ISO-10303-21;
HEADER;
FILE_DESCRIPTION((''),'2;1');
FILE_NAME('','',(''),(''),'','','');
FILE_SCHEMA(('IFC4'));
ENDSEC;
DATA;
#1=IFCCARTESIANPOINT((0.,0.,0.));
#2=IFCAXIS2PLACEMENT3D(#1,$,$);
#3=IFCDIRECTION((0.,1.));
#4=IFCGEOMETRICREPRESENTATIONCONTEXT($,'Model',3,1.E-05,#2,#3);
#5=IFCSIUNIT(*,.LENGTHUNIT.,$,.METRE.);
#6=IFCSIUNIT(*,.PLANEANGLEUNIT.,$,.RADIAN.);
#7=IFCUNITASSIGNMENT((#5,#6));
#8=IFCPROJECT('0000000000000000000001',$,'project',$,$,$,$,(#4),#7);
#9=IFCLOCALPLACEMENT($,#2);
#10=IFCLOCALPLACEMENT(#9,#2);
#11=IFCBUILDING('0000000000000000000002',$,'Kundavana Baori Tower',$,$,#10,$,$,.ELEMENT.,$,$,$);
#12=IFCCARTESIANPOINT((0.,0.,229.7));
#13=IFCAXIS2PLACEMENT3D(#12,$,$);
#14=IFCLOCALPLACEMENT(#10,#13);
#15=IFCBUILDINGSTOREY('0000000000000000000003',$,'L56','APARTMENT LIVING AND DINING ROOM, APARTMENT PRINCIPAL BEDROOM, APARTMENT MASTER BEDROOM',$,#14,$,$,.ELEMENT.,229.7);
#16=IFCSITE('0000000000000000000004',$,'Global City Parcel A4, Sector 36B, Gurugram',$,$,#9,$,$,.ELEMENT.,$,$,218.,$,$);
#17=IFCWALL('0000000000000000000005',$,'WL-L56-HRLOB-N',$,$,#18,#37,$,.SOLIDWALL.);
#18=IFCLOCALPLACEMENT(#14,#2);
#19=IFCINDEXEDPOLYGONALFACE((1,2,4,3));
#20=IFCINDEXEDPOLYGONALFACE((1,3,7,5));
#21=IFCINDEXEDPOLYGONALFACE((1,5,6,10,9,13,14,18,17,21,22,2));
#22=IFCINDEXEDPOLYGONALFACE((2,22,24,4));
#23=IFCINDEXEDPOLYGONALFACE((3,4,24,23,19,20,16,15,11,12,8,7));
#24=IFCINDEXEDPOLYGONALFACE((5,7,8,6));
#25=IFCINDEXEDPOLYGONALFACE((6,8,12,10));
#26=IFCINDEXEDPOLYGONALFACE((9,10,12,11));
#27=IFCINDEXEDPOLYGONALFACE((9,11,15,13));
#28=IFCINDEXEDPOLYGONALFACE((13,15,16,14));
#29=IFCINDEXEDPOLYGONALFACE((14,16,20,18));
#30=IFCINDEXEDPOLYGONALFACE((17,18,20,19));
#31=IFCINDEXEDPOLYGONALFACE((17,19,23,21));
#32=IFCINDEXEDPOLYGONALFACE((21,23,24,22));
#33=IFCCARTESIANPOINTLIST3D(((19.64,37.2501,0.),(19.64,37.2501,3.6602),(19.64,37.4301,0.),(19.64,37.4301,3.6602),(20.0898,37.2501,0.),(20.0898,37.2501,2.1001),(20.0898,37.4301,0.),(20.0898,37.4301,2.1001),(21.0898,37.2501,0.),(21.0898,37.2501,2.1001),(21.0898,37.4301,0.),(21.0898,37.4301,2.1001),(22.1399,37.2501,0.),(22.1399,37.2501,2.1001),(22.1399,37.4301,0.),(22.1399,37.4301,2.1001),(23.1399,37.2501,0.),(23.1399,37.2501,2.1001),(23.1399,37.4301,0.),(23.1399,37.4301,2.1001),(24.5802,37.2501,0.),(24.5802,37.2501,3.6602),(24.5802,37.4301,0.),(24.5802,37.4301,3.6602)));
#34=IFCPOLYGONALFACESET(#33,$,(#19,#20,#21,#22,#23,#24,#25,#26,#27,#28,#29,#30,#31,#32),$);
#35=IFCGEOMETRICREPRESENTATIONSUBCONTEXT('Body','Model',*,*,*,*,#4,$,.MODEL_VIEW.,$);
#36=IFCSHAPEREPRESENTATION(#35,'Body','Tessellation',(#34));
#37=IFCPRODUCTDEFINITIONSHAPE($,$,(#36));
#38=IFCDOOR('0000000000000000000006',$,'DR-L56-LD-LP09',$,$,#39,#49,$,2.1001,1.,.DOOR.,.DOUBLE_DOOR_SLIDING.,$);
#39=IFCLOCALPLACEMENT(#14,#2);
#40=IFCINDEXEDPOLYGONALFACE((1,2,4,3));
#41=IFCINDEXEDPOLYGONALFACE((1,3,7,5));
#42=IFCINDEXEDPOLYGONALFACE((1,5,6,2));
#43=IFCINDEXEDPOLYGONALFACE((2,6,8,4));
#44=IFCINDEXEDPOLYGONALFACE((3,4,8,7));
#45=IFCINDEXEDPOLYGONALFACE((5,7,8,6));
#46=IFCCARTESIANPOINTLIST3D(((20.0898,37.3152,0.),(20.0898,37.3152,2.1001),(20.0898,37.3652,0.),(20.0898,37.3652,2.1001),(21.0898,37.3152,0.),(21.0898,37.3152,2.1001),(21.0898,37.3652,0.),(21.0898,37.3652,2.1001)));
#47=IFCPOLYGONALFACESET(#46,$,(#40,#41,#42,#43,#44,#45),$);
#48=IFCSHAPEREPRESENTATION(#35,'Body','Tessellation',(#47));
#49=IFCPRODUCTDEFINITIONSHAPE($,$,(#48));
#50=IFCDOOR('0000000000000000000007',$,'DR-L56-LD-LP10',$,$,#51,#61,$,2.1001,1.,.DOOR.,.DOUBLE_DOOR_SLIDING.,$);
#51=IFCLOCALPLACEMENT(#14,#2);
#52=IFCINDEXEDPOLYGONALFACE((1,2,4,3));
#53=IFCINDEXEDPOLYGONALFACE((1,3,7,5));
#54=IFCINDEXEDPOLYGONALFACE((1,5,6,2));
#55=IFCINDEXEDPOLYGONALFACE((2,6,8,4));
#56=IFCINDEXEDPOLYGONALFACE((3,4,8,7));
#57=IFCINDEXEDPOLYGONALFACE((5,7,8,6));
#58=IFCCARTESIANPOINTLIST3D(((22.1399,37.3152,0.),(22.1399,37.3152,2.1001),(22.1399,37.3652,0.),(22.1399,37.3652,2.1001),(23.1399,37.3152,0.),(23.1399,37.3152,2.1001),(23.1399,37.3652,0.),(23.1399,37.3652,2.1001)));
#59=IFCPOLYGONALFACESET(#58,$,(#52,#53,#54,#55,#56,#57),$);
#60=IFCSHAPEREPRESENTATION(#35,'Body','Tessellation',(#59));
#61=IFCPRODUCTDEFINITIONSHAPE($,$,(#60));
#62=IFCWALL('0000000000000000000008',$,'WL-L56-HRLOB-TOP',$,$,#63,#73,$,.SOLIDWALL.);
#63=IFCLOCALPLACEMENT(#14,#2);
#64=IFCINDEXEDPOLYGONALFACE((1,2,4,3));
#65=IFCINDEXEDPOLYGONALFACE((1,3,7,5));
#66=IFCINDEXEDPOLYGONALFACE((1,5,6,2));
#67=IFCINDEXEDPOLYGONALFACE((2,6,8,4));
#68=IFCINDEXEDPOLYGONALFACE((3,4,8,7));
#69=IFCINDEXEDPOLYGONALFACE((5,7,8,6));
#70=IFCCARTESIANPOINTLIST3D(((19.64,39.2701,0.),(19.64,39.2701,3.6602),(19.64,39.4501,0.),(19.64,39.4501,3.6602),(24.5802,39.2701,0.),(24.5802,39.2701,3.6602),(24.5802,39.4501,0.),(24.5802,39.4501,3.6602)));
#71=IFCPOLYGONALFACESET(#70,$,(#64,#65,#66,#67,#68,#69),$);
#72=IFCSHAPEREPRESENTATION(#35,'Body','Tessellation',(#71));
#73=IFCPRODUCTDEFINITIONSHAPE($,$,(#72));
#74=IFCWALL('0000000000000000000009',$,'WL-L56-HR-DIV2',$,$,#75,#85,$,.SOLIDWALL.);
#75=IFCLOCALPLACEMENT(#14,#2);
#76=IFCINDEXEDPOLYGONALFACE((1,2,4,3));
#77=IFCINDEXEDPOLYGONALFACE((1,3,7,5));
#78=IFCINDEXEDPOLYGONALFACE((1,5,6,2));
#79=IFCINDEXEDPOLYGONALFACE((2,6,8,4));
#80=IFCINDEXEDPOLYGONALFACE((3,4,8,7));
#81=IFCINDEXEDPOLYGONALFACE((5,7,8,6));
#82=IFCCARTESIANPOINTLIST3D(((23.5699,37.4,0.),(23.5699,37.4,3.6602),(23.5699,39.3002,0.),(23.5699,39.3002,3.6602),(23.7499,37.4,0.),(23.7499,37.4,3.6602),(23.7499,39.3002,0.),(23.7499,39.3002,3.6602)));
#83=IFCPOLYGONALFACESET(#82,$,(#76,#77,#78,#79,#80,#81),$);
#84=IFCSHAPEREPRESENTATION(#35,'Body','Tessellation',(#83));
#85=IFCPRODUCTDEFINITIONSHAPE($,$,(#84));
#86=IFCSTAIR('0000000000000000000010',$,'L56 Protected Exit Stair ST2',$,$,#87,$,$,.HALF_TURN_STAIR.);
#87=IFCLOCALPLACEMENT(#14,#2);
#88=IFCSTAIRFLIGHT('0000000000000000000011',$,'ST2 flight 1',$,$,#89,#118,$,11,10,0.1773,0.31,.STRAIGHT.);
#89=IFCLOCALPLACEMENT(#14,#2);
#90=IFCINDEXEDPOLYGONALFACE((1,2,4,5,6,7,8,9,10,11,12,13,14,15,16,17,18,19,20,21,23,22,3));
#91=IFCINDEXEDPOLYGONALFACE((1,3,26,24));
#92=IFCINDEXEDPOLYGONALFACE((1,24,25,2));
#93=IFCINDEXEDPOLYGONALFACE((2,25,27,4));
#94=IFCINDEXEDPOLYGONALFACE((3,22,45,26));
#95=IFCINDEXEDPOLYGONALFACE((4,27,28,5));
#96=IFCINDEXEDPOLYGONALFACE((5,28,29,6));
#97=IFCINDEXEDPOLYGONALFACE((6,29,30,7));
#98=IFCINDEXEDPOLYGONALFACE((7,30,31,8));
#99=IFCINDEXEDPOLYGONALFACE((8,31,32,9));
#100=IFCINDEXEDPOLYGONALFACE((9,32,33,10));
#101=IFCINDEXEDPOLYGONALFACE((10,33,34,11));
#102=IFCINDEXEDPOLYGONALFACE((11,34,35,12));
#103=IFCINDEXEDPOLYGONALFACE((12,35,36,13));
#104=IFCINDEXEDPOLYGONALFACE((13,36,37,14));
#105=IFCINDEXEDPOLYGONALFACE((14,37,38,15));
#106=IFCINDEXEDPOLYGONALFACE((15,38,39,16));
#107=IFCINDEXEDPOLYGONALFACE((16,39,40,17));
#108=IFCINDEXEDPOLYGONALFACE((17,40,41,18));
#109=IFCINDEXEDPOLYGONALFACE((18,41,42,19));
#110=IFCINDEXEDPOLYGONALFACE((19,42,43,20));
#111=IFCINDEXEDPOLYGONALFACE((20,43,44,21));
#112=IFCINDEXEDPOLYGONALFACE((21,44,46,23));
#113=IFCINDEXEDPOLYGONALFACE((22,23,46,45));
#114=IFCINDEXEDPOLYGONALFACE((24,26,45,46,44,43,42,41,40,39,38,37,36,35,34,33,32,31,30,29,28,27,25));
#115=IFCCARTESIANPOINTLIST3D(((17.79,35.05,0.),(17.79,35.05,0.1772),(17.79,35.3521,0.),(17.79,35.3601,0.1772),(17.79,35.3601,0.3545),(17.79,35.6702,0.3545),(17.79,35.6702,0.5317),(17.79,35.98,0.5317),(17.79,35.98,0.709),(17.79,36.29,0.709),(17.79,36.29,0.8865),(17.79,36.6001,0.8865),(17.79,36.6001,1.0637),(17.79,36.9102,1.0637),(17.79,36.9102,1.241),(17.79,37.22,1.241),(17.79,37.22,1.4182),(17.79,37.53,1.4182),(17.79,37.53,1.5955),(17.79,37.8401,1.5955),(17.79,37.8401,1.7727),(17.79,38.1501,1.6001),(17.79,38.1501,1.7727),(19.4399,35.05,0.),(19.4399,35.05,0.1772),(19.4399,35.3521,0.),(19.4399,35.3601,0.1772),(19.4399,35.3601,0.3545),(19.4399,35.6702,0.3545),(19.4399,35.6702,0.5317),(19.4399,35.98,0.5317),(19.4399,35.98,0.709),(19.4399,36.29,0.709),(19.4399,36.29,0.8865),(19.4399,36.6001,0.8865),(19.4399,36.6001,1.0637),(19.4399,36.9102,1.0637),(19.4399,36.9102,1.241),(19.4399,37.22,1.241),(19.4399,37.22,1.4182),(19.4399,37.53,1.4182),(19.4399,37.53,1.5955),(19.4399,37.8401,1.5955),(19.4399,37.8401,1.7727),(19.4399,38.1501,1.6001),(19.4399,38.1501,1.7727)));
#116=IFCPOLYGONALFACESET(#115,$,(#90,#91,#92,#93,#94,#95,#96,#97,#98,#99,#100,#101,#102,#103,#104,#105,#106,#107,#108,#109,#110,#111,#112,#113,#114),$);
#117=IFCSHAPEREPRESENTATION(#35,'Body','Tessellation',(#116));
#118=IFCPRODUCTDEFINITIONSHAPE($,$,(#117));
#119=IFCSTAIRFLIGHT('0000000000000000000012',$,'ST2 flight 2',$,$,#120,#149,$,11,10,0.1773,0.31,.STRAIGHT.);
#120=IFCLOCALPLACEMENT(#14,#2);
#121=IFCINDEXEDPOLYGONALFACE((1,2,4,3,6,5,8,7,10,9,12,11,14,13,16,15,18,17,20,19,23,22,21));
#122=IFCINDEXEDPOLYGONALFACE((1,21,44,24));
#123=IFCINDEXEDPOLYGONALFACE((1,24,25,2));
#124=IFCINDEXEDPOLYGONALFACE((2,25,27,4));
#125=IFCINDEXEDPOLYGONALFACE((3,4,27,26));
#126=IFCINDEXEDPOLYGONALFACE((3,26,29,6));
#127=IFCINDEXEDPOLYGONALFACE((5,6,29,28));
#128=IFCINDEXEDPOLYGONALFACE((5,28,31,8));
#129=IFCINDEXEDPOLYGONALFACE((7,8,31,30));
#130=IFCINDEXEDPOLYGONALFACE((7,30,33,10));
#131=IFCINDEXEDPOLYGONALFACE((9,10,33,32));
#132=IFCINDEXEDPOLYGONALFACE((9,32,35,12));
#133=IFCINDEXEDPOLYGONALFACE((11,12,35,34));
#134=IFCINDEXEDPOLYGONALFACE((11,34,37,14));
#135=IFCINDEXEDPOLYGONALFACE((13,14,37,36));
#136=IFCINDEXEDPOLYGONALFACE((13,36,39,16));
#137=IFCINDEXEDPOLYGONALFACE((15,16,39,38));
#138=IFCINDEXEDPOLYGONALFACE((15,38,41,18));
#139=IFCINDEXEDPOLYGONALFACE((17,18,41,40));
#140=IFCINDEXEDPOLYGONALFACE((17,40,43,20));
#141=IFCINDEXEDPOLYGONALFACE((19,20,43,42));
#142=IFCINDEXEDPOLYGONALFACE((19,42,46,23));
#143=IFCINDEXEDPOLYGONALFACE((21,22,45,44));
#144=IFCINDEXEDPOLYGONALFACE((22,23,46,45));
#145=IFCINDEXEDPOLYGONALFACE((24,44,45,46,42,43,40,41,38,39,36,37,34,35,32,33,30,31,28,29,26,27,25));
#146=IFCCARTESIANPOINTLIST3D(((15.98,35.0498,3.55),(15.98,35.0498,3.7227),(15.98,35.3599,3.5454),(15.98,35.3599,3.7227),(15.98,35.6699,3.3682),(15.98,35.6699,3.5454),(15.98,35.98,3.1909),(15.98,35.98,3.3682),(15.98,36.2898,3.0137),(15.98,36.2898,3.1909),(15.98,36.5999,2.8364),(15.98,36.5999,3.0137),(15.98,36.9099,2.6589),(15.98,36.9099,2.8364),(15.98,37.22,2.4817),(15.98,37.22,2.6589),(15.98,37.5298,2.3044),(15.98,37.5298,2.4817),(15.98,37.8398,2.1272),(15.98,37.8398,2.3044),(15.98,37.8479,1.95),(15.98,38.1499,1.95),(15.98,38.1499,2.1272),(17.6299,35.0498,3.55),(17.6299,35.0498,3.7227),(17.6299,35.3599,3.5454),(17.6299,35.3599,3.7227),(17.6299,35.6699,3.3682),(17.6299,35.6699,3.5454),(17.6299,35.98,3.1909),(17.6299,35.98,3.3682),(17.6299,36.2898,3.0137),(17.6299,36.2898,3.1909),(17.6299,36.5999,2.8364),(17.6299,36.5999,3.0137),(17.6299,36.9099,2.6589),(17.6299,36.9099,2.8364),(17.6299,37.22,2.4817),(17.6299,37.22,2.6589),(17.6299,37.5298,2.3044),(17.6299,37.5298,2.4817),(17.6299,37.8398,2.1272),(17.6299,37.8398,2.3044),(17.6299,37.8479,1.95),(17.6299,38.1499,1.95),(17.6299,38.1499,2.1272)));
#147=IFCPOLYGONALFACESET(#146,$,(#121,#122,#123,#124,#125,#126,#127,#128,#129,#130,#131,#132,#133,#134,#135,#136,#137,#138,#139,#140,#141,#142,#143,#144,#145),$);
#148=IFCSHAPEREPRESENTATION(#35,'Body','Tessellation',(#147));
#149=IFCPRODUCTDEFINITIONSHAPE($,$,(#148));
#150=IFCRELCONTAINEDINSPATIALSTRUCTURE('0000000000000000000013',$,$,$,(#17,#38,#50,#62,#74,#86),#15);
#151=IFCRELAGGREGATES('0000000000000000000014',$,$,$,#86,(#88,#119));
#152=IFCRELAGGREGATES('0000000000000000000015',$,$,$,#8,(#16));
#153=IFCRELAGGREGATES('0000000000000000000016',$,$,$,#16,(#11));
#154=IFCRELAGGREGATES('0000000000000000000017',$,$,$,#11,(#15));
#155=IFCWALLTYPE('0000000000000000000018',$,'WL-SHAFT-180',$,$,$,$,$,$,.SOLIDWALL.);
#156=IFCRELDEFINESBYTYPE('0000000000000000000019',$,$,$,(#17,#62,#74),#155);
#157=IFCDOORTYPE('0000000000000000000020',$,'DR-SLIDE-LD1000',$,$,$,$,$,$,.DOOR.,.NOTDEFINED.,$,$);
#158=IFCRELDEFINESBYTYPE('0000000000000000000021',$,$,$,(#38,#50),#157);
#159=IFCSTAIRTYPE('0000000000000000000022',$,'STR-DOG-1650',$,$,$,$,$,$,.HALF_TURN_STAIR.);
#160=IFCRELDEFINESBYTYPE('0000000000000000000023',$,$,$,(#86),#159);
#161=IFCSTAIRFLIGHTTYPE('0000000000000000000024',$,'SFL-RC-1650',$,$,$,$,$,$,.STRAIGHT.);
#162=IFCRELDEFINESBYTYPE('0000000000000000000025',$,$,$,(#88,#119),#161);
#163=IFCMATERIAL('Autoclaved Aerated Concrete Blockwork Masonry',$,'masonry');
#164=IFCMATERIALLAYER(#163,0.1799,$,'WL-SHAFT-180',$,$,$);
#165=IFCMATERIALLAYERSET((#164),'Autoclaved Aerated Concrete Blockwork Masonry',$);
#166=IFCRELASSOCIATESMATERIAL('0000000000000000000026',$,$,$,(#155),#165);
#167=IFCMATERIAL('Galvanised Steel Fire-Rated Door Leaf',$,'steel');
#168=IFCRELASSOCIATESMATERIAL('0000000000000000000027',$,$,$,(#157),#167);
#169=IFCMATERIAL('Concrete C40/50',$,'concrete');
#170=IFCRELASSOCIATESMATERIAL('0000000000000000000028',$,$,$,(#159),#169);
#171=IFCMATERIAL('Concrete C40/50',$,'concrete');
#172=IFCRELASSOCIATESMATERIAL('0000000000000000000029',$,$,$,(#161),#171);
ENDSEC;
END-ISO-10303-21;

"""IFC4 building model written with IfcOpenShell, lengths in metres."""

from ifc_helpers import new_model, si_unit, direction, frame, frame_2d, origin, place, context, subcontext, project, spatial, polyline, rectangle, outline, extrude, material, layer, layer_set, type_object, element, fill, aggregate, save


model = new_model("IFC4")

# Units and contexts
model_context = context("Model", 3, precision=1e-05, world=origin(), true_north=direction((0.0, 1.0)))
body_context = subcontext(model_context, "Body", "Model", "MODEL_VIEW")
ifc_project = project(units=[si_unit("LENGTHUNIT", "METRE"), si_unit("PLANEANGLEUNIT", "RADIAN")], contexts=[model_context])

# Site, building, storey
site_placement = place(None, origin())
site = spatial("IfcSite", under=ifc_project, at=site_placement, Name="Global City Parcel A4, Sector 36B, Gurugram", CompositionType="ELEMENT", RefElevation=218.0)
building_placement = place(site_placement, origin())
building = spatial("IfcBuilding", under=site, at=building_placement, Name="Kundavana Baori Tower", CompositionType="ELEMENT")
storey_placement = place(building_placement, frame((0.0, 0.0, 229.7)))
storey = spatial("IfcBuildingStorey", under=building, at=storey_placement, Name="L56", Description="APARTMENT LIVING AND DINING ROOM, APARTMENT PRINCIPAL BEDROOM, APARTMENT MASTER BEDROOM", CompositionType="ELEMENT", Elevation=229.7)

# Shared definitions
ifc_material_1 = material(Name="Autoclaved Aerated Concrete Blockwork Masonry", Category="masonry")
ifc_layer_1 = layer(ifc_material_1, 0.1799, Name="WL-SHAFT-180")
ifc_layer_set_1 = layer_set([ifc_layer_1], Name="Autoclaved Aerated Concrete Blockwork Masonry")
wall_type_1 = type_object("IfcWallType", Name="WL-SHAFT-180", PredefinedType="SOLIDWALL", material=ifc_layer_set_1)
ifc_material_2 = material(Name="Galvanised Steel Fire-Rated Door Leaf", Category="steel")
door_type_1 = type_object("IfcDoorType", Name="DR-SLIDE-LD1000", OperationType="NOTDEFINED", PredefinedType="DOOR", material=ifc_material_2)

# Wall, openings, doors
wall_1_placement = place(storey_placement, frame((19.6399, 37.3401, 0.0), z_axis=(0.0, 0.0, 1.0), x_axis=(1.0, 0.0, 0.0)))
wall_1 = element("IfcWall", 1, at=wall_1_placement, inside=storey, type_object=wall_type_1, Name="WL-L56-HRLOB-N", PredefinedType="SOLIDWALL", context=body_context, shape_type="SweptSolid", body=[
    extrude(rectangle(XDim=4.9402, YDim=0.1799, at=frame_2d((2.4702, 0.0))), origin(), (0.0, 0.0, 1.0), 3.6602),
])
opening_1_placement = place(wall_1_placement, frame((0.45, 0.0, 0.0)))
opening_1 = element("IfcOpeningElement", 2, at=opening_1_placement, cuts=wall_1, PredefinedType="OPENING", context=body_context, shape_type="SweptSolid", body=[
    extrude(rectangle(XDim=1.0, YDim=2.1001, at=frame_2d((0.5, 1.05))), frame((0.0, 0.1001, 0.0), z_axis=(0.0, -1.0, 0.0), x_axis=(1.0, 0.0, 0.0)), (0.0, 0.0, 1.0), 0.2),
])
opening_2_placement = place(wall_1_placement, frame((2.5, 0.0, 0.0)))
opening_2 = element("IfcOpeningElement", 3, at=opening_2_placement, cuts=wall_1, PredefinedType="OPENING", context=body_context, shape_type="SweptSolid", body=[
    extrude(rectangle(XDim=1.0, YDim=2.1001, at=frame_2d((0.5, 1.05))), frame((0.0, 0.1001, 0.0), z_axis=(0.0, -1.0, 0.0), x_axis=(1.0, 0.0, 0.0)), (0.0, 0.0, 1.0), 0.2),
])
door_1_placement = place(opening_1_placement, frame((1.0, 0.0, 0.0), z_axis=(0.0, 0.0, 1.0), x_axis=(-1.0, 0.0, 0.0)))
door_1 = element("IfcDoor", 4, at=door_1_placement, inside=storey, type_object=door_type_1, Name="DR-L56-LD-LP09", OperationType="DOUBLE_DOOR_SLIDING", OverallHeight=2.1001, OverallWidth=1.0, PredefinedType="DOOR", context=body_context, shape_type="SweptSolid", body=[
    extrude(rectangle(XDim=1.0, YDim=2.1001, at=frame_2d((0.5, 1.05))), frame((0.0, 0.0249, 0.0), z_axis=(0.0, -1.0, 0.0), x_axis=(1.0, 0.0, 0.0)), (0.0, 0.0, 1.0), 0.05),
])
fill(opening_1, door_1)
door_2_placement = place(opening_2_placement, frame((1.0, 0.0, 0.0), z_axis=(0.0, 0.0, 1.0), x_axis=(-1.0, 0.0, 0.0)))
door_2 = element("IfcDoor", 5, at=door_2_placement, inside=storey, type_object=door_type_1, Name="DR-L56-LD-LP10", OperationType="DOUBLE_DOOR_SLIDING", OverallHeight=2.1001, OverallWidth=1.0, PredefinedType="DOOR", context=body_context, shape_type="SweptSolid", body=[
    extrude(rectangle(XDim=1.0, YDim=2.1001, at=frame_2d((0.5, 1.05))), frame((0.0, 0.0249, 0.0), z_axis=(0.0, -1.0, 0.0), x_axis=(1.0, 0.0, 0.0)), (0.0, 0.0, 1.0), 0.05),
])
fill(opening_2, door_2)

# Walls
wall_2_placement = place(storey_placement, frame((19.6399, 39.3601, 0.0), z_axis=(0.0, 0.0, 1.0), x_axis=(1.0, 0.0, 0.0)))
element("IfcWall", 6, at=wall_2_placement, inside=storey, type_object=wall_type_1, Name="WL-L56-HRLOB-TOP", PredefinedType="SOLIDWALL", context=body_context, shape_type="SweptSolid", body=[
    extrude(rectangle(XDim=4.9402, YDim=0.1799, at=frame_2d((2.4702, 0.0))), origin(), (0.0, 0.0, 1.0), 3.6602),
])
wall_3_placement = place(storey_placement, frame((23.6599, 37.3999, 0.0), z_axis=(0.0, 0.0, 1.0), x_axis=(0.0, 1.0, 0.0)))
element("IfcWall", 7, at=wall_3_placement, inside=storey, type_object=wall_type_1, Name="WL-L56-HR-DIV2", PredefinedType="SOLIDWALL", context=body_context, shape_type="SweptSolid", body=[
    extrude(rectangle(XDim=1.9001, YDim=0.1799, at=frame_2d((0.9502, 0.0))), origin(), (0.0, 0.0, 1.0), 3.6602),
])

# Stair, stair flights
ifc_material_3 = material(Name="Concrete C40/50", Category="concrete")
stair_type = type_object("IfcStairType", Name="STR-DOG-1650", PredefinedType="HALF_TURN_STAIR", material=ifc_material_3)
stair_placement = place(storey_placement, origin())
stair = element("IfcStair", 8, at=stair_placement, inside=storey, type_object=stair_type, Name="L56 Protected Exit Stair ST2", PredefinedType="HALF_TURN_STAIR")
ifc_material_4 = material(Name="Concrete C40/50", Category="concrete")
stair_flight_type = type_object("IfcStairFlightType", Name="SFL-RC-1650", PredefinedType="STRAIGHT", material=ifc_material_4)
stair_flight_1_placement = place(storey_placement, frame((18.615, 35.05, 0.0), z_axis=(0.0, 0.0, 1.0), x_axis=(0.0, 1.0, 0.0)))
stair_flight_1 = element("IfcStairFlight", 9, at=stair_flight_1_placement, type_object=stair_flight_type, Name="ST2 flight 1", NumberOfRisers=11, NumberOfTreads=10, PredefinedType="STRAIGHT", RiserHeight=0.1773, TreadLength=0.31, context=body_context, shape_type="SweptSolid", body=[
    extrude(outline(polyline([(0.0, 0.0), (0.0, 0.1772), (0.3101, 0.1772), (0.3101, 0.3545), (0.6201, 0.3545), (0.6201, 0.5317), (0.9299, 0.5317), (0.9299, 0.709), (1.24, 0.709), (1.24, 0.8865), (1.55, 0.8865), (1.55, 1.0637), (1.8601, 1.0637), (1.8601, 1.241), (2.1699, 1.241), (2.1699, 1.4182), (2.48, 1.4182), (2.48, 1.5955), (2.79, 1.5955), (2.79, 1.7727), (3.1001, 1.7727), (3.1001, 1.95), (3.1001, 1.6001), (0.302, 0.0), (0.0, 0.0)])), frame((0.0, 0.825, 0.0), z_axis=(0.0, -1.0, 0.0), x_axis=(1.0, 0.0, 0.0)), (0.0, 0.0, 1.0), 1.6499),
])
stair_flight_2_placement = place(storey_placement, frame((16.8049, 38.1499, 1.95), z_axis=(0.0, 0.0, 1.0), x_axis=(0.0, -1.0, 0.0)))
stair_flight_2 = element("IfcStairFlight", 10, at=stair_flight_2_placement, type_object=stair_flight_type, Name="ST2 flight 2", NumberOfRisers=11, NumberOfTreads=10, PredefinedType="STRAIGHT", RiserHeight=0.1773, TreadLength=0.31, context=body_context, shape_type="SweptSolid", body=[
    extrude(outline(polyline([(0.0, 0.0), (0.0, 0.1772), (0.3101, 0.1772), (0.3101, 0.3545), (0.6201, 0.3545), (0.6201, 0.5317), (0.9299, 0.5317), (0.9299, 0.709), (1.24, 0.709), (1.24, 0.8865), (1.55, 0.8865), (1.55, 1.0637), (1.8601, 1.0637), (1.8601, 1.241), (2.1699, 1.241), (2.1699, 1.4182), (2.48, 1.4182), (2.48, 1.5955), (2.79, 1.5955), (2.79, 1.7727), (3.1001, 1.7727), (3.1001, 1.95), (3.1001, 1.6001), (0.302, 0.0), (0.0, 0.0)])), frame((0.0, 0.825, 0.0), z_axis=(0.0, -1.0, 0.0), x_axis=(1.0, 0.0, 0.0)), (0.0, 0.0, 1.0), 1.6499),
])
aggregate(stair, [stair_flight_1, stair_flight_2])

save(model, "model.ifc")
